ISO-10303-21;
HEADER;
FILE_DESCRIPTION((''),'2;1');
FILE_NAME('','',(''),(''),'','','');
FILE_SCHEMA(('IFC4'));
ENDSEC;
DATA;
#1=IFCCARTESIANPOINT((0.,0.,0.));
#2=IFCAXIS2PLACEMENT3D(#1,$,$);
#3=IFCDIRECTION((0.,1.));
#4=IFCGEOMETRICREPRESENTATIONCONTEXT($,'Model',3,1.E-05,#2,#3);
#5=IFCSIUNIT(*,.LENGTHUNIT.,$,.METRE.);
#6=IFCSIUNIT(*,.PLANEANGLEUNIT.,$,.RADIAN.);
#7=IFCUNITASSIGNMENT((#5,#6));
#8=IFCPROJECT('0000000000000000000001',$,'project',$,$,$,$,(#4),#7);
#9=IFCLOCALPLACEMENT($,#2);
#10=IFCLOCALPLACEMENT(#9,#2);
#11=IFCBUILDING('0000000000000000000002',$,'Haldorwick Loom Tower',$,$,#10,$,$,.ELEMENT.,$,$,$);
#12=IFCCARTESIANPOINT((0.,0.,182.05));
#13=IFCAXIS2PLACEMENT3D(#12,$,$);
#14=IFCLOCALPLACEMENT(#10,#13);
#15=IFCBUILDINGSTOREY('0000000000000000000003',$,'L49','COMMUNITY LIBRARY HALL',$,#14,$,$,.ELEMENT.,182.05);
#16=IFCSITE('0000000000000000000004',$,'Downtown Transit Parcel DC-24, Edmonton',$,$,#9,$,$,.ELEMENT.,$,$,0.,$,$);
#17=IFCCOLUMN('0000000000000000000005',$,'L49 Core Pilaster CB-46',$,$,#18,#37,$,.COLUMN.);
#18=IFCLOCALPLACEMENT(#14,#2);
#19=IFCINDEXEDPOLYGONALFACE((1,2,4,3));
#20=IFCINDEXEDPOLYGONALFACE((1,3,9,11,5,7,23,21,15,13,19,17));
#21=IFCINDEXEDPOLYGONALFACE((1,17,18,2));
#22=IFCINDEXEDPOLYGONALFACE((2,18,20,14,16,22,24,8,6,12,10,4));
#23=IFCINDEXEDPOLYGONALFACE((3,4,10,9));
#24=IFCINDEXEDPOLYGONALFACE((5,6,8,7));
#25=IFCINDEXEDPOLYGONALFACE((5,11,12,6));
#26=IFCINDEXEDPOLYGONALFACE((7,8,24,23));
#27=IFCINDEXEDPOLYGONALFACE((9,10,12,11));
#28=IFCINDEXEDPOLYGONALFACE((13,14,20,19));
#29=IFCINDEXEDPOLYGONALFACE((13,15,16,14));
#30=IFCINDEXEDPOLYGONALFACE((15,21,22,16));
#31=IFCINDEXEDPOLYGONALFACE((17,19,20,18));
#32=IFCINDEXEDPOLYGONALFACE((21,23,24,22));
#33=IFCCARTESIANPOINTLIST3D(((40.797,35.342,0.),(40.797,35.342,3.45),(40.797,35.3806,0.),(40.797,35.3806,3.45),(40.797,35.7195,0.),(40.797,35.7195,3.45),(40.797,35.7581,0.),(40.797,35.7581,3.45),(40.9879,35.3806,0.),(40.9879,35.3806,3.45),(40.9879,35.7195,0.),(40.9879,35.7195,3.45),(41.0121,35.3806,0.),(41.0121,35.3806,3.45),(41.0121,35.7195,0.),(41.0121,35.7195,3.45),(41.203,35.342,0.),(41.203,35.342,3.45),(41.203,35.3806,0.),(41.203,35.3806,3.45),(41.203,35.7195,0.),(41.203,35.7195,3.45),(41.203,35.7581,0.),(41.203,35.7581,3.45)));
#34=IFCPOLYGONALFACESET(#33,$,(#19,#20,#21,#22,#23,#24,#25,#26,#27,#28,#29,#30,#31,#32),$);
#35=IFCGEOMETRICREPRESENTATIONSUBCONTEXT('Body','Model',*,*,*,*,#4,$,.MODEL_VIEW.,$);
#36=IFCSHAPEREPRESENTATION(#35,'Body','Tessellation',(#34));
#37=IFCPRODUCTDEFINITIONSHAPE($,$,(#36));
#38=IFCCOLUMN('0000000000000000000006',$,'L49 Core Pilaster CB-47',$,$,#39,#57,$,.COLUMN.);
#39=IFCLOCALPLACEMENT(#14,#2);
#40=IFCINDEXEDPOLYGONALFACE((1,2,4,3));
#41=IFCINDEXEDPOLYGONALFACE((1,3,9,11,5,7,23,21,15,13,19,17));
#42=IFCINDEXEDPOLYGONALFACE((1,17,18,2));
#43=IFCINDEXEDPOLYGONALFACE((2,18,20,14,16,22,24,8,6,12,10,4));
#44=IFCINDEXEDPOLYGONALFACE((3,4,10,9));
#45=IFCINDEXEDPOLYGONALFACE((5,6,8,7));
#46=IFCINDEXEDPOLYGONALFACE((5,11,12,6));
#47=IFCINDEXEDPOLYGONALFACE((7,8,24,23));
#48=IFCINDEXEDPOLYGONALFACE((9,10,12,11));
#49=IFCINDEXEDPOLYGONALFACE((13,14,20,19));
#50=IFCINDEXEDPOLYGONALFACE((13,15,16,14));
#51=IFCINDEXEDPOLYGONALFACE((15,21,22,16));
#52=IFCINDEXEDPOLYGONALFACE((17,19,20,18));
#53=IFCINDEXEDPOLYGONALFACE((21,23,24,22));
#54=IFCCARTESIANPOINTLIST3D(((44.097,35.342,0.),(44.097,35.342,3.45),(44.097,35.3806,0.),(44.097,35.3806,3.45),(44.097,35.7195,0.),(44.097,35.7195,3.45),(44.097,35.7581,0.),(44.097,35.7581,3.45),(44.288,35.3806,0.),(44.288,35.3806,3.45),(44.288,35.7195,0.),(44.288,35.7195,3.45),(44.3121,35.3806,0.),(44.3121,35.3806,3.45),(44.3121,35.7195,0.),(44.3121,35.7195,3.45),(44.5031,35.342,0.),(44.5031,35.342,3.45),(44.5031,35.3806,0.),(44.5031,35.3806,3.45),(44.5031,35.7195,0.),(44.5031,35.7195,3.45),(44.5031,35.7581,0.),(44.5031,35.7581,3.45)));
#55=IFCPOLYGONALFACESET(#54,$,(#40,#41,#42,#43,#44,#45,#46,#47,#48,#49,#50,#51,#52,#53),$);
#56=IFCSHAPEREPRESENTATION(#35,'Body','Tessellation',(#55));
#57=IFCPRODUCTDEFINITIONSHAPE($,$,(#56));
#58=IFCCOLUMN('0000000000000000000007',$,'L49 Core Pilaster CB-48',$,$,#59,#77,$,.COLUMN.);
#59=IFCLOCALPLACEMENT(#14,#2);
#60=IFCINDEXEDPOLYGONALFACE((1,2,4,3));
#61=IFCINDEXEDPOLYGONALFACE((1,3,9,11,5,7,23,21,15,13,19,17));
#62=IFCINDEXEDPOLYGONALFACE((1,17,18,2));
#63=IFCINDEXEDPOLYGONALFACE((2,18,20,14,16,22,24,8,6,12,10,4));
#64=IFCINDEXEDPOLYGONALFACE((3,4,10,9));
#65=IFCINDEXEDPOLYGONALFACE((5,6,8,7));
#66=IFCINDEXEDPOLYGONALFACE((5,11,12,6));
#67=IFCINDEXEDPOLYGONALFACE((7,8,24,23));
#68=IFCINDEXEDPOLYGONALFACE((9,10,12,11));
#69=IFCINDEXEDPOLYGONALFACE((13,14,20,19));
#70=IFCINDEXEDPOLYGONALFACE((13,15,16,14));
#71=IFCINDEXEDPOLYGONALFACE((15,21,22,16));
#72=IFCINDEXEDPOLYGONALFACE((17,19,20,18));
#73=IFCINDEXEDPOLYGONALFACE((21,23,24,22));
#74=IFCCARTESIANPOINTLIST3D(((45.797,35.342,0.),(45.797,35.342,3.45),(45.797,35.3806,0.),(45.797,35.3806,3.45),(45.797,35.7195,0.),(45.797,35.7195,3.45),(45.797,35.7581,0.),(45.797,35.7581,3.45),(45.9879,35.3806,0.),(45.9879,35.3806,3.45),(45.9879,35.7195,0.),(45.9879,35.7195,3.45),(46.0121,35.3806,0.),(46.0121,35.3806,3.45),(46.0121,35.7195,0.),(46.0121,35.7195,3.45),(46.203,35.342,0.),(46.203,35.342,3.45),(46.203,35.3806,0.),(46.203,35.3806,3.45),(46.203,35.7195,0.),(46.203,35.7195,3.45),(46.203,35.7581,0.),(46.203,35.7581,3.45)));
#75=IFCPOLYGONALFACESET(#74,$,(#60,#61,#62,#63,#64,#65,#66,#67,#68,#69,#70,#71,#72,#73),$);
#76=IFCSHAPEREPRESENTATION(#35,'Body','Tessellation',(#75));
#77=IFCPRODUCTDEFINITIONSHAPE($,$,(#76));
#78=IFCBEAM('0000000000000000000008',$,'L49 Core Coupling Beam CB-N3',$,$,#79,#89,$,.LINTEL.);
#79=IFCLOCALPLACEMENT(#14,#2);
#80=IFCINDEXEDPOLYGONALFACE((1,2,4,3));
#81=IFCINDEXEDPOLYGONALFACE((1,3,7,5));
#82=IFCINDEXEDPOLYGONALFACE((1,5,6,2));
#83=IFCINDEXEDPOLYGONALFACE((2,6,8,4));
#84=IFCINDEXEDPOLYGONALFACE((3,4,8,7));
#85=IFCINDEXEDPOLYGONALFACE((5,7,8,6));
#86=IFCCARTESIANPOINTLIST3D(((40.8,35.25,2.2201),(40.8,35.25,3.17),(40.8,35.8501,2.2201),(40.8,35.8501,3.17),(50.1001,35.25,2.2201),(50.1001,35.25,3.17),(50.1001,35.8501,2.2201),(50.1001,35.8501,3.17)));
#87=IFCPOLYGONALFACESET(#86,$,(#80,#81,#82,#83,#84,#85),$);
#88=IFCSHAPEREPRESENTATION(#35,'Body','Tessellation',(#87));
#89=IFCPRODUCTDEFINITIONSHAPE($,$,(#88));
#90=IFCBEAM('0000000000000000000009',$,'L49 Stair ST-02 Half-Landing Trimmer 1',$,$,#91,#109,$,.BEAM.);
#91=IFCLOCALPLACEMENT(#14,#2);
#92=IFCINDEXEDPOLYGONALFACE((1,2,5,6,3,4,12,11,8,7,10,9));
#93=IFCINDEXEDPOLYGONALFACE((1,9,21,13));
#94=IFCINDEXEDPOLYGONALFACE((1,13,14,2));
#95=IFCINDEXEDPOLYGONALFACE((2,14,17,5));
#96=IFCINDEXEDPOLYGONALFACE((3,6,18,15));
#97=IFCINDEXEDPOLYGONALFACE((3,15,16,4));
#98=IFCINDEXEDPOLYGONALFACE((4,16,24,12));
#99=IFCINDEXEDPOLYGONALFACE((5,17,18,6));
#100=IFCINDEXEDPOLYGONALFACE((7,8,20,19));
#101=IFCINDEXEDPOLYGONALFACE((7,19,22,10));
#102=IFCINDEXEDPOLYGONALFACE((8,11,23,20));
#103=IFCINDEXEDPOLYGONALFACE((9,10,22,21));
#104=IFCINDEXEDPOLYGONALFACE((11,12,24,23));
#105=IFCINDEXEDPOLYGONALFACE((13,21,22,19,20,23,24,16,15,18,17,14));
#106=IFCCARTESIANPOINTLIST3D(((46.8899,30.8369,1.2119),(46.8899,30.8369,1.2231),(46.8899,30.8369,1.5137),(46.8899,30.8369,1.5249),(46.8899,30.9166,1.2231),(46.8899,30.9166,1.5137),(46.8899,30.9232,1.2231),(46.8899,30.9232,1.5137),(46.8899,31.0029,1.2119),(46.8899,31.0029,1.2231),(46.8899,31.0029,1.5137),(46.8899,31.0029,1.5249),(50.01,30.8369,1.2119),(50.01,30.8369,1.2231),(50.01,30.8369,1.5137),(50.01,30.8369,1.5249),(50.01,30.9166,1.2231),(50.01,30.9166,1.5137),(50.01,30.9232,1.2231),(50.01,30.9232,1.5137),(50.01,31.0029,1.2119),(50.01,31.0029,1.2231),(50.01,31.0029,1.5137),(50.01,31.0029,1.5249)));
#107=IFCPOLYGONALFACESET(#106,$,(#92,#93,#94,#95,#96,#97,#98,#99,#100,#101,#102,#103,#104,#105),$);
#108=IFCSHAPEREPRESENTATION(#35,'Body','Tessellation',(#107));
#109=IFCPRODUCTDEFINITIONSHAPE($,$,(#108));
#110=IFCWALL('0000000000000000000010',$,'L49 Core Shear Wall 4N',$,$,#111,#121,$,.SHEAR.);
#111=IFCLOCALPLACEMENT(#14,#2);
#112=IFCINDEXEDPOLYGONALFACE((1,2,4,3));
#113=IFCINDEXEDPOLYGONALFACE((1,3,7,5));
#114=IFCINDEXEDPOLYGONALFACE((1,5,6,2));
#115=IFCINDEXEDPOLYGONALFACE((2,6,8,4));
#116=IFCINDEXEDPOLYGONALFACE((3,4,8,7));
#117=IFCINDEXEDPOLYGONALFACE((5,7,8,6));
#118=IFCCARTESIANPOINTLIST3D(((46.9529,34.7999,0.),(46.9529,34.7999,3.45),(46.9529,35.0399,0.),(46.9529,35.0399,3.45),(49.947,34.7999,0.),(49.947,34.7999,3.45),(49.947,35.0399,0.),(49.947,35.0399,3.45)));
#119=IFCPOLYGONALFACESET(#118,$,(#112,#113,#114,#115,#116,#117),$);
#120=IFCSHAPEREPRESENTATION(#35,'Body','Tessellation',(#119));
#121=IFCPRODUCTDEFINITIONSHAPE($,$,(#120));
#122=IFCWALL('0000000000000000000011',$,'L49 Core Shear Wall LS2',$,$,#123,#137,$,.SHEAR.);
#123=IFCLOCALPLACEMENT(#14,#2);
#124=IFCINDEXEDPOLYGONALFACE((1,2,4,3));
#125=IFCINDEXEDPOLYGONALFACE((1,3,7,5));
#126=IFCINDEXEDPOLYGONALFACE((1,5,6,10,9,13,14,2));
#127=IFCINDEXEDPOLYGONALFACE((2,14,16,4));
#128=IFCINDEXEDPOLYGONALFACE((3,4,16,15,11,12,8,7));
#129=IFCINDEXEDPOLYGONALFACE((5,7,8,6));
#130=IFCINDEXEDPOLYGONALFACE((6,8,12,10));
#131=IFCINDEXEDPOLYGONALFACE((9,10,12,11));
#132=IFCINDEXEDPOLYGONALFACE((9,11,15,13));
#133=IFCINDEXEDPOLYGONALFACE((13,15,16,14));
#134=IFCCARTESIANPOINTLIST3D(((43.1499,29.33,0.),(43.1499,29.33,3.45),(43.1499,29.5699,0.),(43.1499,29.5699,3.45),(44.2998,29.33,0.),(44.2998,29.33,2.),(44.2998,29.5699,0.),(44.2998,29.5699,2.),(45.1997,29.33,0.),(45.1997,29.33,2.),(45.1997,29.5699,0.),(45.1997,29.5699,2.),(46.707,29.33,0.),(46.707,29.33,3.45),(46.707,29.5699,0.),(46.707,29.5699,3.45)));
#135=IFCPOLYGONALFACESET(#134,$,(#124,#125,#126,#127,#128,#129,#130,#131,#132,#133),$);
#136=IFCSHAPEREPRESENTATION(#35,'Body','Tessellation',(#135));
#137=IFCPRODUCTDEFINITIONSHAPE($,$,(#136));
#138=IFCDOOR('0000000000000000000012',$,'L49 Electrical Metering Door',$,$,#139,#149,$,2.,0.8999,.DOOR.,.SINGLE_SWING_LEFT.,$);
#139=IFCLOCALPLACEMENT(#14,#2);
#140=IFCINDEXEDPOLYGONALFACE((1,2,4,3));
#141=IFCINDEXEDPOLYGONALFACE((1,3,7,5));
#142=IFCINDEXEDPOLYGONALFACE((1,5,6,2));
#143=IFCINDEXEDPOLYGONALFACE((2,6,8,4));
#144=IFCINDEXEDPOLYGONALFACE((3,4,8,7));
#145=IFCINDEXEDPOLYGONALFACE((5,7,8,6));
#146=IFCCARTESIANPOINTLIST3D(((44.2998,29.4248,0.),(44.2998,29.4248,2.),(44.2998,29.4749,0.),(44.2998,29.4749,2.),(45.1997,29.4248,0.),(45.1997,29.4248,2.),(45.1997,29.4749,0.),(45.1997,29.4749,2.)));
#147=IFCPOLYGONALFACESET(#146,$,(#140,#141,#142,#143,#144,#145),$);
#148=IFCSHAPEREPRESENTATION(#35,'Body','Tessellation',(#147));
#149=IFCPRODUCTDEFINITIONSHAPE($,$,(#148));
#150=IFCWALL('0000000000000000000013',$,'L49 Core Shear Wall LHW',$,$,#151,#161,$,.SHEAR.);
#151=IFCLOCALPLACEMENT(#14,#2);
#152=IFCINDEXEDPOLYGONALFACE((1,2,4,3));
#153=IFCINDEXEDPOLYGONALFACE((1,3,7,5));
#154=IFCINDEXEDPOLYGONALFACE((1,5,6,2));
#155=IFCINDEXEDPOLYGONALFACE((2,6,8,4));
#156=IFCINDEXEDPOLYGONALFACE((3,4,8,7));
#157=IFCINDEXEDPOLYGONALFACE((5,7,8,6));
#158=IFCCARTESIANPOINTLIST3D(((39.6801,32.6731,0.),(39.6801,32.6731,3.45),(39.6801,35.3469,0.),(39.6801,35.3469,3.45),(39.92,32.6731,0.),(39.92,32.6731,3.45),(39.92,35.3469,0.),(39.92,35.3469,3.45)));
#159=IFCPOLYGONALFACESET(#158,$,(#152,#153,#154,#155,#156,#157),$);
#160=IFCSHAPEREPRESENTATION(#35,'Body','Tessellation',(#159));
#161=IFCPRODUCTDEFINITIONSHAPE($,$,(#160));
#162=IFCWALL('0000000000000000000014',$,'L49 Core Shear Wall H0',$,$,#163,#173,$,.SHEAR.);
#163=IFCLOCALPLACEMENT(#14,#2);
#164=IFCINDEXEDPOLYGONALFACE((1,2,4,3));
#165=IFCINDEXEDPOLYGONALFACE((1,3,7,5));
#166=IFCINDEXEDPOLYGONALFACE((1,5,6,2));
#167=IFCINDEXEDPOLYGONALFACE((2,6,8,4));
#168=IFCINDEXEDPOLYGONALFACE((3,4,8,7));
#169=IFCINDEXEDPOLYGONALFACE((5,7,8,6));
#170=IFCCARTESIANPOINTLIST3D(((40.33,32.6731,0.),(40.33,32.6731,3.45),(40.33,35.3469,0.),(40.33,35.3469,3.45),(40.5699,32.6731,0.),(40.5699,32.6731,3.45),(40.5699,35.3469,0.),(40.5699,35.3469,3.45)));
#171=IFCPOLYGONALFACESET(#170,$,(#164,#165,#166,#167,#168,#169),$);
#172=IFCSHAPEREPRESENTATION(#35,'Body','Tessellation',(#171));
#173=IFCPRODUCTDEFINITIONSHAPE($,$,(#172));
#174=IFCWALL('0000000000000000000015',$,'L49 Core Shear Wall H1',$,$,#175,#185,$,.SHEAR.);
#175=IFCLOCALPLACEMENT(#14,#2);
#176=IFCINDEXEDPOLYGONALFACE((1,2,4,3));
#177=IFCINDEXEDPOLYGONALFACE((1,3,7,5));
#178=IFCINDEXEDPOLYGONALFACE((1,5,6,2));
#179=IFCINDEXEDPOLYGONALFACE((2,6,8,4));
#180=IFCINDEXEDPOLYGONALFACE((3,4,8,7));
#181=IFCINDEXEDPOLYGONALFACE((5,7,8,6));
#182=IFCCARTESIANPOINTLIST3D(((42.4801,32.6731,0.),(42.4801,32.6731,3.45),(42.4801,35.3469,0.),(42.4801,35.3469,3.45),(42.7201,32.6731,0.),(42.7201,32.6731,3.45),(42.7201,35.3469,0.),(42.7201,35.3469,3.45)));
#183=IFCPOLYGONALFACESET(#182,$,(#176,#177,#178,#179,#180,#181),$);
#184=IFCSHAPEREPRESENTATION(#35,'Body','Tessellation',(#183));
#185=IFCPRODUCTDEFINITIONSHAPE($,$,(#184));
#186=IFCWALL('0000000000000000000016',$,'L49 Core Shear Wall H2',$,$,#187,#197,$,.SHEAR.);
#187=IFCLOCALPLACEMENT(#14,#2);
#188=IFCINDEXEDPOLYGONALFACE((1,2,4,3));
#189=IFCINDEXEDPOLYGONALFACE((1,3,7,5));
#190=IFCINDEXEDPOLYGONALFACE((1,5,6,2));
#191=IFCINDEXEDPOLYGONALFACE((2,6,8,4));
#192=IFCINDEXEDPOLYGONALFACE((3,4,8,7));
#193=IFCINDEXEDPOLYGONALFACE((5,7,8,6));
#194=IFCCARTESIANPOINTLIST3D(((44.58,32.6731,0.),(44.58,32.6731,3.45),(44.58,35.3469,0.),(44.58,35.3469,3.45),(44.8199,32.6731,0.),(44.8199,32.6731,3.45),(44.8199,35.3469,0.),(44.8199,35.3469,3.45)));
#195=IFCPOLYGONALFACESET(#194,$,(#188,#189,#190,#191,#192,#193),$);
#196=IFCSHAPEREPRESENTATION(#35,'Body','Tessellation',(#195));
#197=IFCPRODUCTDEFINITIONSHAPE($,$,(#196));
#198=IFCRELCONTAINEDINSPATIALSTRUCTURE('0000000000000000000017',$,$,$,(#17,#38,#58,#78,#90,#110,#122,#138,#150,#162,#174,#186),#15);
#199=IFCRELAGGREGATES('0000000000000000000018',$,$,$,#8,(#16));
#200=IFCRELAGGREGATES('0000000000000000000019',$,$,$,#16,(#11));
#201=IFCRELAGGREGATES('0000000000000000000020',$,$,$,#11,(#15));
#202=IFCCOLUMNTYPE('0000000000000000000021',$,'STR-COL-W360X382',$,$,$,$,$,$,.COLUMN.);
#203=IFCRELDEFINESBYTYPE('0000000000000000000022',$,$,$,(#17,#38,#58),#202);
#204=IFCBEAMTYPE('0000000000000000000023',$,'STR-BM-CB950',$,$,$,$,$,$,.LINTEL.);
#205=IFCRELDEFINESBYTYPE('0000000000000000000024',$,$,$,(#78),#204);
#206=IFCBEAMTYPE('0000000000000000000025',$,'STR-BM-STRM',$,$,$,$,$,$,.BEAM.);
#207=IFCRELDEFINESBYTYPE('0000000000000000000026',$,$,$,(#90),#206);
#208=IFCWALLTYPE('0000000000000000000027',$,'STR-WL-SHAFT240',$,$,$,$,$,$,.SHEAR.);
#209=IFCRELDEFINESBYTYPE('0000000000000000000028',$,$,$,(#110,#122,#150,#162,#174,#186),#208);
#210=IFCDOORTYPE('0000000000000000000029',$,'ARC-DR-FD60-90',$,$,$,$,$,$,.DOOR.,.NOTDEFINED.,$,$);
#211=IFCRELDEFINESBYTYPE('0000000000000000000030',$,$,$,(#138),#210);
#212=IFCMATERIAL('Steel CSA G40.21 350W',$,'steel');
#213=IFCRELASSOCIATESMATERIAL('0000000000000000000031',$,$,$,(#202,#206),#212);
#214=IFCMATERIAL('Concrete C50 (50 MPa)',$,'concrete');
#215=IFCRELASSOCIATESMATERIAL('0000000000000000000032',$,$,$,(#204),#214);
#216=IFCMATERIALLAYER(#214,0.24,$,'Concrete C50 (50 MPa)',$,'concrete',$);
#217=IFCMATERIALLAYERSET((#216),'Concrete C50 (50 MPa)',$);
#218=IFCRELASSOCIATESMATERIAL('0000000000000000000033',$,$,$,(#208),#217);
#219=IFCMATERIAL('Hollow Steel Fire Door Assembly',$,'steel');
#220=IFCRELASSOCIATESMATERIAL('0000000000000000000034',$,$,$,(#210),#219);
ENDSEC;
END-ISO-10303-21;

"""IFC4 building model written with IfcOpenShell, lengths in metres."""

from ifc_helpers import new_model, si_unit, direction, frame, frame_2d, origin, origin_2d, place, context, subcontext, project, spatial, rectangle, i_section, extrude, material, layer, layer_set, material_profile, profile_set, type_object, element, fill, save


model = new_model("IFC4")

# Units and contexts
model_context = context("Model", 3, precision=1e-05, world=origin(), true_north=direction((0.0, 1.0)))
body_context = subcontext(model_context, "Body", "Model", "MODEL_VIEW")
ifc_project = project(units=[si_unit("LENGTHUNIT", "METRE"), si_unit("PLANEANGLEUNIT", "RADIAN")], contexts=[model_context])

# Site, building, storey
site_placement = place(None, origin())
site = spatial("IfcSite", under=ifc_project, at=site_placement, Name="Downtown Transit Parcel DC-24, Edmonton", CompositionType="ELEMENT", RefElevation=0.0)
building_placement = place(site_placement, origin())
building = spatial("IfcBuilding", under=site, at=building_placement, Name="Haldorwick Loom Tower", CompositionType="ELEMENT")
storey_placement = place(building_placement, frame((0.0, 0.0, 182.05)))
storey = spatial("IfcBuildingStorey", under=building, at=storey_placement, Name="L49", Description="COMMUNITY LIBRARY HALL", CompositionType="ELEMENT", Elevation=182.05)

# Columns
ifc_material_1 = material(Name="Steel CSA G40.21 350W", Category="steel")
ifc_material_profile_1 = material_profile(ifc_material_1, i_section(OverallWidth=0.406, OverallDepth=0.416, WebThickness=0.0242, FlangeThickness=0.0386, at=origin_2d()), Name="W360X382", Category="steel")
ifc_profile_set_1 = profile_set([ifc_material_profile_1], Name="Steel CSA G40.21 350W")
column_type = type_object("IfcColumnType", Name="STR-COL-W360X382", PredefinedType="COLUMN", material=ifc_profile_set_1)
for number, where, z_axis, x_axis, name in (
    (1, (41.0, 35.55, 0.0), (0.0, 0.0, 1.0), (1.0, 0.0, 0.0), "L49 Core Pilaster CB-46"),
    (2, (44.3, 35.55, 0.0), (0.0, 0.0, 1.0), (1.0, 0.0, 0.0), "L49 Core Pilaster CB-47"),
    (3, (46.0, 35.55, 0.0), (0.0, 0.0, 1.0), (1.0, 0.0, 0.0), "L49 Core Pilaster CB-48"),
):
    element("IfcColumn", number, at=place(storey_placement, frame(where, z_axis=z_axis, x_axis=x_axis)), inside=storey, type_object=column_type, Name=name, PredefinedType="COLUMN", context=body_context, shape_type="SweptSolid", body=[
        extrude(i_section(OverallWidth=0.406, OverallDepth=0.416, WebThickness=0.0242, FlangeThickness=0.0386, at=origin_2d()), origin(), (0.0, 0.0, 1.0), 3.45),
    ])

# Beams
ifc_material_2 = material(Name="Concrete C50 (50 MPa)", Category="concrete")
ifc_material_profile_2 = material_profile(ifc_material_2, rectangle(XDim=0.6001, YDim=0.95, at=origin_2d()), Name="RC600X950", Category="concrete")
ifc_profile_set_2 = profile_set([ifc_material_profile_2], Name="Concrete C50 (50 MPa)")
beam_type_1 = type_object("IfcBeamType", Name="STR-BM-CB950", PredefinedType="LINTEL", material=ifc_profile_set_2)
beam_1_placement = place(storey_placement, frame((40.8, 35.55, 2.6951), z_axis=(1.0, 0.0, 0.0), x_axis=(0.0, 1.0, 0.0)))
element("IfcBeam", 4, at=beam_1_placement, inside=storey, type_object=beam_type_1, Name="L49 Core Coupling Beam CB-N3", PredefinedType="LINTEL", context=body_context, shape_type="SweptSolid", body=[
    extrude(rectangle(XDim=0.6001, YDim=0.95, at=origin_2d()), origin(), (0.0, 0.0, 1.0), 9.3),
])
ifc_material_profile_3 = material_profile(ifc_material_1, i_section(OverallWidth=0.166, OverallDepth=0.313, WebThickness=0.0066, FlangeThickness=0.0112, at=origin_2d()), Name="W310X45", Category="steel")
ifc_profile_set_3 = profile_set([ifc_material_profile_3], Name="Steel CSA G40.21 350W")
beam_type_2 = type_object("IfcBeamType", Name="STR-BM-STRM", PredefinedType="BEAM", material=ifc_profile_set_3)
beam_2_placement = place(storey_placement, frame((46.8899, 30.9199, 1.3684), z_axis=(1.0, 0.0, 0.0), x_axis=(0.0, 1.0, 0.0)))
element("IfcBeam", 5, at=beam_2_placement, inside=storey, type_object=beam_type_2, Name="L49 Stair ST-02 Half-Landing Trimmer 1", PredefinedType="BEAM", context=body_context, shape_type="SweptSolid", body=[
    extrude(i_section(OverallWidth=0.166, OverallDepth=0.313, WebThickness=0.0066, FlangeThickness=0.0112, at=origin_2d()), origin(), (0.0, 0.0, 1.0), 3.1201),
])

# Wall
ifc_layer = layer(ifc_material_2, 0.24, Name="Concrete C50 (50 MPa)", Category="concrete")
ifc_layer_set = layer_set([ifc_layer], Name="Concrete C50 (50 MPa)")
wall_type = type_object("IfcWallType", Name="STR-WL-SHAFT240", PredefinedType="SHEAR", material=ifc_layer_set)
wall_1_placement = place(storey_placement, frame((46.9529, 34.9199, 0.0), z_axis=(0.0, 0.0, 1.0), x_axis=(1.0, 0.0, 0.0)))
element("IfcWall", 6, at=wall_1_placement, inside=storey, type_object=wall_type, Name="L49 Core Shear Wall 4N", PredefinedType="SHEAR", context=body_context, shape_type="SweptSolid", body=[
    extrude(rectangle(XDim=2.9941, YDim=0.24, at=frame_2d((1.4971, 0.0))), origin(), (0.0, 0.0, 1.0), 3.45),
])

# Wall, opening, door
wall_2_placement = place(storey_placement, frame((43.1499, 29.45, 0.0), z_axis=(0.0, 0.0, 1.0), x_axis=(1.0, 0.0, 0.0)))
wall_2 = element("IfcWall", 7, at=wall_2_placement, inside=storey, type_object=wall_type, Name="L49 Core Shear Wall LS2", PredefinedType="SHEAR", context=body_context, shape_type="SweptSolid", body=[
    extrude(rectangle(XDim=3.5571, YDim=0.24, at=frame_2d((1.7786, 0.0))), origin(), (0.0, 0.0, 1.0), 3.45),
])
opening_placement = place(wall_2_placement, frame((1.1499, 0.0, 0.0)))
opening = element("IfcOpeningElement", 8, at=opening_placement, cuts=wall_2, PredefinedType="OPENING", context=body_context, shape_type="SweptSolid", body=[
    extrude(rectangle(XDim=0.8999, YDim=2.0, at=frame_2d((0.45, 1.0))), frame((0.0, 0.1299, 0.0), z_axis=(0.0, -1.0, 0.0), x_axis=(1.0, 0.0, 0.0)), (0.0, 0.0, 1.0), 0.26),
])
ifc_material_3 = material(Name="Hollow Steel Fire Door Assembly", Category="steel")
door_type = type_object("IfcDoorType", Name="ARC-DR-FD60-90", OperationType="NOTDEFINED", PredefinedType="DOOR", material=ifc_material_3)
door_placement = place(opening_placement, origin())
door = element("IfcDoor", 9, at=door_placement, inside=storey, type_object=door_type, Name="L49 Electrical Metering Door", OperationType="SINGLE_SWING_LEFT", OverallHeight=2.0, OverallWidth=0.8999, PredefinedType="DOOR", context=body_context, shape_type="SweptSolid", body=[
    extrude(rectangle(XDim=0.8999, YDim=2.0, at=frame_2d((0.45, 1.0))), frame((0.0, 0.0249, 0.0), z_axis=(0.0, -1.0, 0.0), x_axis=(1.0, 0.0, 0.0)), (0.0, 0.0, 1.0), 0.05),
])
fill(opening, door)

# Walls
for number, where, z_axis, x_axis, name in (
    (10, (39.8, 32.6731, 0.0), (0.0, 0.0, 1.0), (0.0, 1.0, 0.0), "L49 Core Shear Wall LHW"),
    (11, (40.45, 32.6731, 0.0), (0.0, 0.0, 1.0), (0.0, 1.0, 0.0), "L49 Core Shear Wall H0"),
    (12, (42.6001, 32.6731, 0.0), (0.0, 0.0, 1.0), (0.0, 1.0, 0.0), "L49 Core Shear Wall H1"),
    (13, (44.7, 32.6731, 0.0), (0.0, 0.0, 1.0), (0.0, 1.0, 0.0), "L49 Core Shear Wall H2"),
):
    element("IfcWall", number, at=place(storey_placement, frame(where, z_axis=z_axis, x_axis=x_axis)), inside=storey, type_object=wall_type, Name=name, PredefinedType="SHEAR", context=body_context, shape_type="SweptSolid", body=[
        extrude(rectangle(XDim=2.6738, YDim=0.24, at=frame_2d((1.3369, 0.0))), origin(), (0.0, 0.0, 1.0), 3.45),
    ])

save(model, "model.ifc")
